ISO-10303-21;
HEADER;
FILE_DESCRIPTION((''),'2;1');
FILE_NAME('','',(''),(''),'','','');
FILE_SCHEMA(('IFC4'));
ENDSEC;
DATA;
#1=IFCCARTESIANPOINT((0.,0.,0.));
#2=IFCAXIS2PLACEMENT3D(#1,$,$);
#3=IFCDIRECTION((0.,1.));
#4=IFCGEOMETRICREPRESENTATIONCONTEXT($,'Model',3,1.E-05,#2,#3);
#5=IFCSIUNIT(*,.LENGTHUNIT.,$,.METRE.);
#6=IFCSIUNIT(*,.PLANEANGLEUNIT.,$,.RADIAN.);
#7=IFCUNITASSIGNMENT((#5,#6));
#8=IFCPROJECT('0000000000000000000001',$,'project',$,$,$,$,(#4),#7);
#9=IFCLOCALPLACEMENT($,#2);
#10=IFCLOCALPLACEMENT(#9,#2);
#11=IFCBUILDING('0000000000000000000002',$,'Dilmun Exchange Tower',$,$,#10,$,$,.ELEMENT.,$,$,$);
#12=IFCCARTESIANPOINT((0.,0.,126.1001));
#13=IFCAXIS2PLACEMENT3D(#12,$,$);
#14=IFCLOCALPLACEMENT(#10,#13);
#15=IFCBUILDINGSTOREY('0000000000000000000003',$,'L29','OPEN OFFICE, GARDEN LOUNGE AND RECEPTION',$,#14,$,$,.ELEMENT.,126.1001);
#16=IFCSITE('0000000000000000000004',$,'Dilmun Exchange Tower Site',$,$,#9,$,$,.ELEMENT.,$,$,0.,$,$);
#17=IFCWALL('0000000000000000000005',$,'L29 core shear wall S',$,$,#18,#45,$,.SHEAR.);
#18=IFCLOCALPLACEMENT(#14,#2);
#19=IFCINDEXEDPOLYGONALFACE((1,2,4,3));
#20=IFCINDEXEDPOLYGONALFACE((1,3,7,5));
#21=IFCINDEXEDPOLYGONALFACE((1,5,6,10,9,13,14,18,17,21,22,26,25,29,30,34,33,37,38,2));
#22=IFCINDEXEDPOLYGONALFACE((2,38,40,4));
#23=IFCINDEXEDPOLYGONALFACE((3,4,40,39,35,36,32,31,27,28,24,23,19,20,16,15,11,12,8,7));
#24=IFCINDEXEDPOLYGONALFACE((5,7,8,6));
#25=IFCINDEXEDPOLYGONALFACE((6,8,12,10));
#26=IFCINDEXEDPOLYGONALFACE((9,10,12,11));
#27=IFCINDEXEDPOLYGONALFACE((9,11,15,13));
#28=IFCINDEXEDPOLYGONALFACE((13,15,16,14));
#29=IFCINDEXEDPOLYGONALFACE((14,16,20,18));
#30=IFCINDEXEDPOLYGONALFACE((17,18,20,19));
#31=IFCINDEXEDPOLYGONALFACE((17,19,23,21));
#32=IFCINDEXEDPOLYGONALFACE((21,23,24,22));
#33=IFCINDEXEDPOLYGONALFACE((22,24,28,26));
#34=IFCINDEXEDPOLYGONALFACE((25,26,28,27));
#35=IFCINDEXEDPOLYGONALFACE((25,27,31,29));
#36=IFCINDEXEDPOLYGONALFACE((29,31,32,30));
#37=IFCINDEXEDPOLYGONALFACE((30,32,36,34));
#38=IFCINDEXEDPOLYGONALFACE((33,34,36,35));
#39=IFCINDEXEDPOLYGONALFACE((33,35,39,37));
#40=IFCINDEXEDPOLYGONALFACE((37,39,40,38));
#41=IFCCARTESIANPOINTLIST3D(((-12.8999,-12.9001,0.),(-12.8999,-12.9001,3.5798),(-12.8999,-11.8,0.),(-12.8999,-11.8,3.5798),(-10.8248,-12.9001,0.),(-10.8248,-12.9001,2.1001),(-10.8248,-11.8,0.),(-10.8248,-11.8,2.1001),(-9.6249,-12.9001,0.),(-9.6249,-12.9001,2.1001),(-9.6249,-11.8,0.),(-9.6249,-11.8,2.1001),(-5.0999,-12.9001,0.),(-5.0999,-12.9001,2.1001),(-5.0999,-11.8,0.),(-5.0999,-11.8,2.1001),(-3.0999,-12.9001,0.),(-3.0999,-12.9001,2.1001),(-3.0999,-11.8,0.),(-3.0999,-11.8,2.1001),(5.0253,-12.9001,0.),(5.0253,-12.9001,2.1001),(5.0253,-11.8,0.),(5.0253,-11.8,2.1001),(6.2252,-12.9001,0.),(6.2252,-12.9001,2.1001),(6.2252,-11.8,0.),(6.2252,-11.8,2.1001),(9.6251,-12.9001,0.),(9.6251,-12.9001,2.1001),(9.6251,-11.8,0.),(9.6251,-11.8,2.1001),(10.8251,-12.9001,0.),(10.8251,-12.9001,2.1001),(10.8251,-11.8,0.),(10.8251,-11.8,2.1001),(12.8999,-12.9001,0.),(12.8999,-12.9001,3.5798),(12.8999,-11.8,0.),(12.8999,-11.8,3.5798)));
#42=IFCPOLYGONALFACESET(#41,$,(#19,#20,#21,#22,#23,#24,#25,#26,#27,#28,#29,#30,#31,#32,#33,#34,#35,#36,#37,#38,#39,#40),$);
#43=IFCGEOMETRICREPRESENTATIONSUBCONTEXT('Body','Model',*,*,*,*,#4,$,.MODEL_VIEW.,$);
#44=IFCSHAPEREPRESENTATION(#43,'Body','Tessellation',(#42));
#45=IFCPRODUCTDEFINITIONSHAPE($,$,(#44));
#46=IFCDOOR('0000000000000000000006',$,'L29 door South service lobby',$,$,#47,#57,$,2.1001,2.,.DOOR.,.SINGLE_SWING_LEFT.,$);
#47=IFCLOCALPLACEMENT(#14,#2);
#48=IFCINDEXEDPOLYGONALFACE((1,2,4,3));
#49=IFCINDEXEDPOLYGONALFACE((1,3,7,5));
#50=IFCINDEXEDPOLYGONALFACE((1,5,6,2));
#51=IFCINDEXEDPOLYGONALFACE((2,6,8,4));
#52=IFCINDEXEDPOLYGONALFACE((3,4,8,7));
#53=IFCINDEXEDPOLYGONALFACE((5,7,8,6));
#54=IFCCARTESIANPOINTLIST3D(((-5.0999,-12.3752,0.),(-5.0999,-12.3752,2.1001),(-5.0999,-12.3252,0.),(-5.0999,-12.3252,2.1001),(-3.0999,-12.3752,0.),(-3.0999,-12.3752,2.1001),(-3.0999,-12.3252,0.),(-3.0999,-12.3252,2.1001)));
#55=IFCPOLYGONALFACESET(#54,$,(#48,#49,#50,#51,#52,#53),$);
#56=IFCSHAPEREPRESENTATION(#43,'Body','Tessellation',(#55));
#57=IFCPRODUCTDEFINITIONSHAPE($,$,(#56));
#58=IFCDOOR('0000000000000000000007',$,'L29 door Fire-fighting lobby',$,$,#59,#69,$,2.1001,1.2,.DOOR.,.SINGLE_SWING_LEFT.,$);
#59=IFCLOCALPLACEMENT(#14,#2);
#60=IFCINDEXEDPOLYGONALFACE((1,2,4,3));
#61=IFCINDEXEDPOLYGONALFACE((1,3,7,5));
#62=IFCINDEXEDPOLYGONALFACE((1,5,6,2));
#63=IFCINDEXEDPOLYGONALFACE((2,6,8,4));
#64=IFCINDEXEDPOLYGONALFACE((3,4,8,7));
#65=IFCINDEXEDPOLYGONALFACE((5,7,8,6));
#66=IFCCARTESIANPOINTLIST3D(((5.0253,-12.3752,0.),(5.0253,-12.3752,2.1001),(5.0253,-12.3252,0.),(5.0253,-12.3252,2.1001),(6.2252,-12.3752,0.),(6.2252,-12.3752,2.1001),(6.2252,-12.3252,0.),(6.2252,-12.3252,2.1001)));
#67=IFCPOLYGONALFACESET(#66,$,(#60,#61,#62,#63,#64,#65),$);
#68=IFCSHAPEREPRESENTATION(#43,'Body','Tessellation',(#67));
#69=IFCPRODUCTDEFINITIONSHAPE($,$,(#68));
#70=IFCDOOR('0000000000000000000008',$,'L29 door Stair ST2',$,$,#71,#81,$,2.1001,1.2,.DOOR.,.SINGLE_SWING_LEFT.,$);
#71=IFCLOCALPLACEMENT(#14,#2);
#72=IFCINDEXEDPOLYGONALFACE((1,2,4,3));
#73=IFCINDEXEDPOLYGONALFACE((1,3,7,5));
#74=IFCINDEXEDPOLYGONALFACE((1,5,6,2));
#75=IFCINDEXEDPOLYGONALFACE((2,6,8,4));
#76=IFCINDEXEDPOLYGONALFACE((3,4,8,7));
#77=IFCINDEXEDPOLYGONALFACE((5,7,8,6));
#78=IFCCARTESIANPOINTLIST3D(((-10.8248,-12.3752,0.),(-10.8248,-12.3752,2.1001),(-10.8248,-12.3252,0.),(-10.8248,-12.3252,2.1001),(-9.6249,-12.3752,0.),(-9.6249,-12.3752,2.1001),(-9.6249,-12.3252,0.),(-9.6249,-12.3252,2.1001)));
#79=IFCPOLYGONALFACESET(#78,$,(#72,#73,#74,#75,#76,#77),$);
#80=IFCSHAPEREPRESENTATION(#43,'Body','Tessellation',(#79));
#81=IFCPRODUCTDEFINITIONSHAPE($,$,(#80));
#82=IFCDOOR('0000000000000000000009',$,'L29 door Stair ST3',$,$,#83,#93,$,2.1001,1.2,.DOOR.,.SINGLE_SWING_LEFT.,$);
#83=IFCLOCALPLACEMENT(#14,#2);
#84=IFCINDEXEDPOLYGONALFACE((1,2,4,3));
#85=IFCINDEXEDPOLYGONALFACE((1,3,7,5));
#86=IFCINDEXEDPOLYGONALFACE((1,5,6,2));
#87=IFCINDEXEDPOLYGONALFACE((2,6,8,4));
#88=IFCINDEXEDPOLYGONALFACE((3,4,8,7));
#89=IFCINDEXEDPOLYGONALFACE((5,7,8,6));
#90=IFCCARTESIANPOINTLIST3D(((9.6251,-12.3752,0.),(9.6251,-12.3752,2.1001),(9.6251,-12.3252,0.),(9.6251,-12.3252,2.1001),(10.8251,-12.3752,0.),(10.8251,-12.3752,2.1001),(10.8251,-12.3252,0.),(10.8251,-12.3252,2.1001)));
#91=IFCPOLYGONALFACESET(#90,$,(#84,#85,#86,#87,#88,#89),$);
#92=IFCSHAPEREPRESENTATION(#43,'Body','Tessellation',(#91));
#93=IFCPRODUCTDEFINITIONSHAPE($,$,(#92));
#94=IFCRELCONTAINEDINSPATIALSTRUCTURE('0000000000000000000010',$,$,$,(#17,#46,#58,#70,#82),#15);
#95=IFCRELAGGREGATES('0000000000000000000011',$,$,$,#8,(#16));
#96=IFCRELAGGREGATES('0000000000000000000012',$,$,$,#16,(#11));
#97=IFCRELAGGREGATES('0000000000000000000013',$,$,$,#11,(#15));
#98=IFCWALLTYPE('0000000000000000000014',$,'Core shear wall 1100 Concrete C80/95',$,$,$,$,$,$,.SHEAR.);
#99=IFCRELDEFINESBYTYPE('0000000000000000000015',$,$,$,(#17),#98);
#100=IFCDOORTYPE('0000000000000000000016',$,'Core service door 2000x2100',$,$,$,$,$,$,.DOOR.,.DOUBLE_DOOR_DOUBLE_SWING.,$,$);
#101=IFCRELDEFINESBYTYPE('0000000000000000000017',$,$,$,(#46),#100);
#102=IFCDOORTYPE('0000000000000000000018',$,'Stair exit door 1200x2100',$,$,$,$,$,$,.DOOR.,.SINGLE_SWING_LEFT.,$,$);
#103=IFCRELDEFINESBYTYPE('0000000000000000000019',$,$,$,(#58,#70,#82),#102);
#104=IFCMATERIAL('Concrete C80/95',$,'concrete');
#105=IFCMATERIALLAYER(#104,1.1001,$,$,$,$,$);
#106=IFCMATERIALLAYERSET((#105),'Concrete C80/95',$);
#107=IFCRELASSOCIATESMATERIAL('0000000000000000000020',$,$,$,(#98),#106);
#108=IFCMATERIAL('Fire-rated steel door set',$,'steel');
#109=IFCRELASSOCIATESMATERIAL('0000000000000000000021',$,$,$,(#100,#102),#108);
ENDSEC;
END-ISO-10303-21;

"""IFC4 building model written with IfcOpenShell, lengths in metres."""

from ifc_helpers import new_model, si_unit, direction, frame, frame_2d, origin, place, context, subcontext, project, spatial, rectangle, extrude, material, layer, layer_set, type_object, element, fill, save


model = new_model("IFC4")

# Units and contexts
model_context = context("Model", 3, precision=1e-05, world=origin(), true_north=direction((0.0, 1.0)))
body_context = subcontext(model_context, "Body", "Model", "MODEL_VIEW")
ifc_project = project(units=[si_unit("LENGTHUNIT", "METRE"), si_unit("PLANEANGLEUNIT", "RADIAN")], contexts=[model_context])

# Site, building, storey
site_placement = place(None, origin())
site = spatial("IfcSite", under=ifc_project, at=site_placement, Name="Dilmun Exchange Tower Site", CompositionType="ELEMENT", RefElevation=0.0)
building_placement = place(site_placement, origin())
building = spatial("IfcBuilding", under=site, at=building_placement, Name="Dilmun Exchange Tower", CompositionType="ELEMENT")
storey_placement = place(building_placement, frame((0.0, 0.0, 126.1001)))
storey = spatial("IfcBuildingStorey", under=building, at=storey_placement, Name="L29", Description="OPEN OFFICE, GARDEN LOUNGE AND RECEPTION", CompositionType="ELEMENT", Elevation=126.1001)

# Wall, openings, doors
ifc_material_1 = material(Name="Concrete C80/95", Category="concrete")
ifc_layer_1 = layer(ifc_material_1, 1.1001)
ifc_layer_set_1 = layer_set([ifc_layer_1], Name="Concrete C80/95")
wall_type_1 = type_object("IfcWallType", Name="Core shear wall 1100 Concrete C80/95", PredefinedType="SHEAR", material=ifc_layer_set_1)
wall_1_placement = place(storey_placement, frame((-12.8999, -12.3501, 0.0), z_axis=(0.0, 0.0, 1.0), x_axis=(1.0, 0.0, 0.0)))
wall_1 = element("IfcWall", 1, at=wall_1_placement, inside=storey, type_object=wall_type_1, Name="L29 core shear wall S", PredefinedType="SHEAR", context=body_context, shape_type="SweptSolid", body=[
    extrude(rectangle(XDim=25.7998, YDim=1.1001, at=frame_2d((12.8999, 0.0))), origin(), (0.0, 0.0, 1.0), 3.5798),
])
opening_1_placement = place(wall_1_placement, frame((7.8, 0.0, 0.0)))
opening_1 = element("IfcOpeningElement", 2, at=opening_1_placement, cuts=wall_1, PredefinedType="OPENING", context=body_context, shape_type="SweptSolid", body=[
    extrude(rectangle(XDim=2.0, YDim=2.1001, at=frame_2d((1.0, 1.05))), frame((0.0, 0.5601, 0.0), z_axis=(0.0, -1.0, 0.0), x_axis=(1.0, 0.0, 0.0)), (0.0, 0.0, 1.0), 1.1201),
])
opening_2_placement = place(wall_1_placement, frame((17.925, 0.0, 0.0)))
opening_2 = element("IfcOpeningElement", 3, at=opening_2_placement, cuts=wall_1, PredefinedType="OPENING", context=body_context, shape_type="SweptSolid", body=[
    extrude(rectangle(XDim=1.2, YDim=2.1001, at=frame_2d((0.6001, 1.05))), frame((0.0, 0.5601, 0.0), z_axis=(0.0, -1.0, 0.0), x_axis=(1.0, 0.0, 0.0)), (0.0, 0.0, 1.0), 1.1201),
])
opening_3_placement = place(wall_1_placement, frame((2.075, 0.0, 0.0)))
opening_3 = element("IfcOpeningElement", 4, at=opening_3_placement, cuts=wall_1, PredefinedType="OPENING", context=body_context, shape_type="SweptSolid", body=[
    extrude(rectangle(XDim=1.2, YDim=2.1001, at=frame_2d((0.6001, 1.05))), frame((0.0, 0.5601, 0.0), z_axis=(0.0, -1.0, 0.0), x_axis=(1.0, 0.0, 0.0)), (0.0, 0.0, 1.0), 1.1201),
])
opening_4_placement = place(wall_1_placement, frame((22.5249, 0.0, 0.0)))
opening_4 = element("IfcOpeningElement", 5, at=opening_4_placement, cuts=wall_1, PredefinedType="OPENING", context=body_context, shape_type="SweptSolid", body=[
    extrude(rectangle(XDim=1.2, YDim=2.1001, at=frame_2d((0.6001, 1.05))), frame((0.0, 0.5601, 0.0), z_axis=(0.0, -1.0, 0.0), x_axis=(1.0, 0.0, 0.0)), (0.0, 0.0, 1.0), 1.1201),
])
ifc_material_2 = material(Name="Fire-rated steel door set", Category="steel")
door_type_1 = type_object("IfcDoorType", Name="Core service door 2000x2100", OperationType="DOUBLE_DOOR_DOUBLE_SWING", PredefinedType="DOOR", material=ifc_material_2)
door_1_placement = place(opening_1_placement, origin())
door_1 = element("IfcDoor", 6, at=door_1_placement, inside=storey, type_object=door_type_1, Name="L29 door South service lobby", OperationType="SINGLE_SWING_LEFT", OverallHeight=2.1001, OverallWidth=2.0, PredefinedType="DOOR", context=body_context, shape_type="SweptSolid", body=[
    extrude(rectangle(XDim=2.0, YDim=2.1001, at=frame_2d((1.0, 1.05))), frame((0.0, 0.0249, 0.0), z_axis=(0.0, -1.0, 0.0), x_axis=(1.0, 0.0, 0.0)), (0.0, 0.0, 1.0), 0.05),
])
fill(opening_1, door_1)
door_type_2 = type_object("IfcDoorType", Name="Stair exit door 1200x2100", OperationType="SINGLE_SWING_LEFT", PredefinedType="DOOR", material=ifc_material_2)
door_2_placement = place(opening_2_placement, origin())
door_2 = element("IfcDoor", 7, at=door_2_placement, inside=storey, type_object=door_type_2, Name="L29 door Fire-fighting lobby", OperationType="SINGLE_SWING_LEFT", OverallHeight=2.1001, OverallWidth=1.2, PredefinedType="DOOR", context=body_context, shape_type="SweptSolid", body=[
    extrude(rectangle(XDim=1.2, YDim=2.1001, at=frame_2d((0.6001, 1.05))), frame((0.0, 0.0249, 0.0), z_axis=(0.0, -1.0, 0.0), x_axis=(1.0, 0.0, 0.0)), (0.0, 0.0, 1.0), 0.05),
])
fill(opening_2, door_2)
door_3_placement = place(opening_3_placement, origin())
door_3 = element("IfcDoor", 8, at=door_3_placement, inside=storey, type_object=door_type_2, Name="L29 door Stair ST2", OperationType="SINGLE_SWING_LEFT", OverallHeight=2.1001, OverallWidth=1.2, PredefinedType="DOOR", context=body_context, shape_type="SweptSolid", body=[
    extrude(rectangle(XDim=1.2, YDim=2.1001, at=frame_2d((0.6001, 1.05))), frame((0.0, 0.0249, 0.0), z_axis=(0.0, -1.0, 0.0), x_axis=(1.0, 0.0, 0.0)), (0.0, 0.0, 1.0), 0.05),
])
fill(opening_3, door_3)
door_4_placement = place(opening_4_placement, origin())
door_4 = element("IfcDoor", 9, at=door_4_placement, inside=storey, type_object=door_type_2, Name="L29 door Stair ST3", OperationType="SINGLE_SWING_LEFT", OverallHeight=2.1001, OverallWidth=1.2, PredefinedType="DOOR", context=body_context, shape_type="SweptSolid", body=[
    extrude(rectangle(XDim=1.2, YDim=2.1001, at=frame_2d((0.6001, 1.05))), frame((0.0, 0.0249, 0.0), z_axis=(0.0, -1.0, 0.0), x_axis=(1.0, 0.0, 0.0)), (0.0, 0.0, 1.0), 0.05),
])
fill(opening_4, door_4)

save(model, "model.ifc")
